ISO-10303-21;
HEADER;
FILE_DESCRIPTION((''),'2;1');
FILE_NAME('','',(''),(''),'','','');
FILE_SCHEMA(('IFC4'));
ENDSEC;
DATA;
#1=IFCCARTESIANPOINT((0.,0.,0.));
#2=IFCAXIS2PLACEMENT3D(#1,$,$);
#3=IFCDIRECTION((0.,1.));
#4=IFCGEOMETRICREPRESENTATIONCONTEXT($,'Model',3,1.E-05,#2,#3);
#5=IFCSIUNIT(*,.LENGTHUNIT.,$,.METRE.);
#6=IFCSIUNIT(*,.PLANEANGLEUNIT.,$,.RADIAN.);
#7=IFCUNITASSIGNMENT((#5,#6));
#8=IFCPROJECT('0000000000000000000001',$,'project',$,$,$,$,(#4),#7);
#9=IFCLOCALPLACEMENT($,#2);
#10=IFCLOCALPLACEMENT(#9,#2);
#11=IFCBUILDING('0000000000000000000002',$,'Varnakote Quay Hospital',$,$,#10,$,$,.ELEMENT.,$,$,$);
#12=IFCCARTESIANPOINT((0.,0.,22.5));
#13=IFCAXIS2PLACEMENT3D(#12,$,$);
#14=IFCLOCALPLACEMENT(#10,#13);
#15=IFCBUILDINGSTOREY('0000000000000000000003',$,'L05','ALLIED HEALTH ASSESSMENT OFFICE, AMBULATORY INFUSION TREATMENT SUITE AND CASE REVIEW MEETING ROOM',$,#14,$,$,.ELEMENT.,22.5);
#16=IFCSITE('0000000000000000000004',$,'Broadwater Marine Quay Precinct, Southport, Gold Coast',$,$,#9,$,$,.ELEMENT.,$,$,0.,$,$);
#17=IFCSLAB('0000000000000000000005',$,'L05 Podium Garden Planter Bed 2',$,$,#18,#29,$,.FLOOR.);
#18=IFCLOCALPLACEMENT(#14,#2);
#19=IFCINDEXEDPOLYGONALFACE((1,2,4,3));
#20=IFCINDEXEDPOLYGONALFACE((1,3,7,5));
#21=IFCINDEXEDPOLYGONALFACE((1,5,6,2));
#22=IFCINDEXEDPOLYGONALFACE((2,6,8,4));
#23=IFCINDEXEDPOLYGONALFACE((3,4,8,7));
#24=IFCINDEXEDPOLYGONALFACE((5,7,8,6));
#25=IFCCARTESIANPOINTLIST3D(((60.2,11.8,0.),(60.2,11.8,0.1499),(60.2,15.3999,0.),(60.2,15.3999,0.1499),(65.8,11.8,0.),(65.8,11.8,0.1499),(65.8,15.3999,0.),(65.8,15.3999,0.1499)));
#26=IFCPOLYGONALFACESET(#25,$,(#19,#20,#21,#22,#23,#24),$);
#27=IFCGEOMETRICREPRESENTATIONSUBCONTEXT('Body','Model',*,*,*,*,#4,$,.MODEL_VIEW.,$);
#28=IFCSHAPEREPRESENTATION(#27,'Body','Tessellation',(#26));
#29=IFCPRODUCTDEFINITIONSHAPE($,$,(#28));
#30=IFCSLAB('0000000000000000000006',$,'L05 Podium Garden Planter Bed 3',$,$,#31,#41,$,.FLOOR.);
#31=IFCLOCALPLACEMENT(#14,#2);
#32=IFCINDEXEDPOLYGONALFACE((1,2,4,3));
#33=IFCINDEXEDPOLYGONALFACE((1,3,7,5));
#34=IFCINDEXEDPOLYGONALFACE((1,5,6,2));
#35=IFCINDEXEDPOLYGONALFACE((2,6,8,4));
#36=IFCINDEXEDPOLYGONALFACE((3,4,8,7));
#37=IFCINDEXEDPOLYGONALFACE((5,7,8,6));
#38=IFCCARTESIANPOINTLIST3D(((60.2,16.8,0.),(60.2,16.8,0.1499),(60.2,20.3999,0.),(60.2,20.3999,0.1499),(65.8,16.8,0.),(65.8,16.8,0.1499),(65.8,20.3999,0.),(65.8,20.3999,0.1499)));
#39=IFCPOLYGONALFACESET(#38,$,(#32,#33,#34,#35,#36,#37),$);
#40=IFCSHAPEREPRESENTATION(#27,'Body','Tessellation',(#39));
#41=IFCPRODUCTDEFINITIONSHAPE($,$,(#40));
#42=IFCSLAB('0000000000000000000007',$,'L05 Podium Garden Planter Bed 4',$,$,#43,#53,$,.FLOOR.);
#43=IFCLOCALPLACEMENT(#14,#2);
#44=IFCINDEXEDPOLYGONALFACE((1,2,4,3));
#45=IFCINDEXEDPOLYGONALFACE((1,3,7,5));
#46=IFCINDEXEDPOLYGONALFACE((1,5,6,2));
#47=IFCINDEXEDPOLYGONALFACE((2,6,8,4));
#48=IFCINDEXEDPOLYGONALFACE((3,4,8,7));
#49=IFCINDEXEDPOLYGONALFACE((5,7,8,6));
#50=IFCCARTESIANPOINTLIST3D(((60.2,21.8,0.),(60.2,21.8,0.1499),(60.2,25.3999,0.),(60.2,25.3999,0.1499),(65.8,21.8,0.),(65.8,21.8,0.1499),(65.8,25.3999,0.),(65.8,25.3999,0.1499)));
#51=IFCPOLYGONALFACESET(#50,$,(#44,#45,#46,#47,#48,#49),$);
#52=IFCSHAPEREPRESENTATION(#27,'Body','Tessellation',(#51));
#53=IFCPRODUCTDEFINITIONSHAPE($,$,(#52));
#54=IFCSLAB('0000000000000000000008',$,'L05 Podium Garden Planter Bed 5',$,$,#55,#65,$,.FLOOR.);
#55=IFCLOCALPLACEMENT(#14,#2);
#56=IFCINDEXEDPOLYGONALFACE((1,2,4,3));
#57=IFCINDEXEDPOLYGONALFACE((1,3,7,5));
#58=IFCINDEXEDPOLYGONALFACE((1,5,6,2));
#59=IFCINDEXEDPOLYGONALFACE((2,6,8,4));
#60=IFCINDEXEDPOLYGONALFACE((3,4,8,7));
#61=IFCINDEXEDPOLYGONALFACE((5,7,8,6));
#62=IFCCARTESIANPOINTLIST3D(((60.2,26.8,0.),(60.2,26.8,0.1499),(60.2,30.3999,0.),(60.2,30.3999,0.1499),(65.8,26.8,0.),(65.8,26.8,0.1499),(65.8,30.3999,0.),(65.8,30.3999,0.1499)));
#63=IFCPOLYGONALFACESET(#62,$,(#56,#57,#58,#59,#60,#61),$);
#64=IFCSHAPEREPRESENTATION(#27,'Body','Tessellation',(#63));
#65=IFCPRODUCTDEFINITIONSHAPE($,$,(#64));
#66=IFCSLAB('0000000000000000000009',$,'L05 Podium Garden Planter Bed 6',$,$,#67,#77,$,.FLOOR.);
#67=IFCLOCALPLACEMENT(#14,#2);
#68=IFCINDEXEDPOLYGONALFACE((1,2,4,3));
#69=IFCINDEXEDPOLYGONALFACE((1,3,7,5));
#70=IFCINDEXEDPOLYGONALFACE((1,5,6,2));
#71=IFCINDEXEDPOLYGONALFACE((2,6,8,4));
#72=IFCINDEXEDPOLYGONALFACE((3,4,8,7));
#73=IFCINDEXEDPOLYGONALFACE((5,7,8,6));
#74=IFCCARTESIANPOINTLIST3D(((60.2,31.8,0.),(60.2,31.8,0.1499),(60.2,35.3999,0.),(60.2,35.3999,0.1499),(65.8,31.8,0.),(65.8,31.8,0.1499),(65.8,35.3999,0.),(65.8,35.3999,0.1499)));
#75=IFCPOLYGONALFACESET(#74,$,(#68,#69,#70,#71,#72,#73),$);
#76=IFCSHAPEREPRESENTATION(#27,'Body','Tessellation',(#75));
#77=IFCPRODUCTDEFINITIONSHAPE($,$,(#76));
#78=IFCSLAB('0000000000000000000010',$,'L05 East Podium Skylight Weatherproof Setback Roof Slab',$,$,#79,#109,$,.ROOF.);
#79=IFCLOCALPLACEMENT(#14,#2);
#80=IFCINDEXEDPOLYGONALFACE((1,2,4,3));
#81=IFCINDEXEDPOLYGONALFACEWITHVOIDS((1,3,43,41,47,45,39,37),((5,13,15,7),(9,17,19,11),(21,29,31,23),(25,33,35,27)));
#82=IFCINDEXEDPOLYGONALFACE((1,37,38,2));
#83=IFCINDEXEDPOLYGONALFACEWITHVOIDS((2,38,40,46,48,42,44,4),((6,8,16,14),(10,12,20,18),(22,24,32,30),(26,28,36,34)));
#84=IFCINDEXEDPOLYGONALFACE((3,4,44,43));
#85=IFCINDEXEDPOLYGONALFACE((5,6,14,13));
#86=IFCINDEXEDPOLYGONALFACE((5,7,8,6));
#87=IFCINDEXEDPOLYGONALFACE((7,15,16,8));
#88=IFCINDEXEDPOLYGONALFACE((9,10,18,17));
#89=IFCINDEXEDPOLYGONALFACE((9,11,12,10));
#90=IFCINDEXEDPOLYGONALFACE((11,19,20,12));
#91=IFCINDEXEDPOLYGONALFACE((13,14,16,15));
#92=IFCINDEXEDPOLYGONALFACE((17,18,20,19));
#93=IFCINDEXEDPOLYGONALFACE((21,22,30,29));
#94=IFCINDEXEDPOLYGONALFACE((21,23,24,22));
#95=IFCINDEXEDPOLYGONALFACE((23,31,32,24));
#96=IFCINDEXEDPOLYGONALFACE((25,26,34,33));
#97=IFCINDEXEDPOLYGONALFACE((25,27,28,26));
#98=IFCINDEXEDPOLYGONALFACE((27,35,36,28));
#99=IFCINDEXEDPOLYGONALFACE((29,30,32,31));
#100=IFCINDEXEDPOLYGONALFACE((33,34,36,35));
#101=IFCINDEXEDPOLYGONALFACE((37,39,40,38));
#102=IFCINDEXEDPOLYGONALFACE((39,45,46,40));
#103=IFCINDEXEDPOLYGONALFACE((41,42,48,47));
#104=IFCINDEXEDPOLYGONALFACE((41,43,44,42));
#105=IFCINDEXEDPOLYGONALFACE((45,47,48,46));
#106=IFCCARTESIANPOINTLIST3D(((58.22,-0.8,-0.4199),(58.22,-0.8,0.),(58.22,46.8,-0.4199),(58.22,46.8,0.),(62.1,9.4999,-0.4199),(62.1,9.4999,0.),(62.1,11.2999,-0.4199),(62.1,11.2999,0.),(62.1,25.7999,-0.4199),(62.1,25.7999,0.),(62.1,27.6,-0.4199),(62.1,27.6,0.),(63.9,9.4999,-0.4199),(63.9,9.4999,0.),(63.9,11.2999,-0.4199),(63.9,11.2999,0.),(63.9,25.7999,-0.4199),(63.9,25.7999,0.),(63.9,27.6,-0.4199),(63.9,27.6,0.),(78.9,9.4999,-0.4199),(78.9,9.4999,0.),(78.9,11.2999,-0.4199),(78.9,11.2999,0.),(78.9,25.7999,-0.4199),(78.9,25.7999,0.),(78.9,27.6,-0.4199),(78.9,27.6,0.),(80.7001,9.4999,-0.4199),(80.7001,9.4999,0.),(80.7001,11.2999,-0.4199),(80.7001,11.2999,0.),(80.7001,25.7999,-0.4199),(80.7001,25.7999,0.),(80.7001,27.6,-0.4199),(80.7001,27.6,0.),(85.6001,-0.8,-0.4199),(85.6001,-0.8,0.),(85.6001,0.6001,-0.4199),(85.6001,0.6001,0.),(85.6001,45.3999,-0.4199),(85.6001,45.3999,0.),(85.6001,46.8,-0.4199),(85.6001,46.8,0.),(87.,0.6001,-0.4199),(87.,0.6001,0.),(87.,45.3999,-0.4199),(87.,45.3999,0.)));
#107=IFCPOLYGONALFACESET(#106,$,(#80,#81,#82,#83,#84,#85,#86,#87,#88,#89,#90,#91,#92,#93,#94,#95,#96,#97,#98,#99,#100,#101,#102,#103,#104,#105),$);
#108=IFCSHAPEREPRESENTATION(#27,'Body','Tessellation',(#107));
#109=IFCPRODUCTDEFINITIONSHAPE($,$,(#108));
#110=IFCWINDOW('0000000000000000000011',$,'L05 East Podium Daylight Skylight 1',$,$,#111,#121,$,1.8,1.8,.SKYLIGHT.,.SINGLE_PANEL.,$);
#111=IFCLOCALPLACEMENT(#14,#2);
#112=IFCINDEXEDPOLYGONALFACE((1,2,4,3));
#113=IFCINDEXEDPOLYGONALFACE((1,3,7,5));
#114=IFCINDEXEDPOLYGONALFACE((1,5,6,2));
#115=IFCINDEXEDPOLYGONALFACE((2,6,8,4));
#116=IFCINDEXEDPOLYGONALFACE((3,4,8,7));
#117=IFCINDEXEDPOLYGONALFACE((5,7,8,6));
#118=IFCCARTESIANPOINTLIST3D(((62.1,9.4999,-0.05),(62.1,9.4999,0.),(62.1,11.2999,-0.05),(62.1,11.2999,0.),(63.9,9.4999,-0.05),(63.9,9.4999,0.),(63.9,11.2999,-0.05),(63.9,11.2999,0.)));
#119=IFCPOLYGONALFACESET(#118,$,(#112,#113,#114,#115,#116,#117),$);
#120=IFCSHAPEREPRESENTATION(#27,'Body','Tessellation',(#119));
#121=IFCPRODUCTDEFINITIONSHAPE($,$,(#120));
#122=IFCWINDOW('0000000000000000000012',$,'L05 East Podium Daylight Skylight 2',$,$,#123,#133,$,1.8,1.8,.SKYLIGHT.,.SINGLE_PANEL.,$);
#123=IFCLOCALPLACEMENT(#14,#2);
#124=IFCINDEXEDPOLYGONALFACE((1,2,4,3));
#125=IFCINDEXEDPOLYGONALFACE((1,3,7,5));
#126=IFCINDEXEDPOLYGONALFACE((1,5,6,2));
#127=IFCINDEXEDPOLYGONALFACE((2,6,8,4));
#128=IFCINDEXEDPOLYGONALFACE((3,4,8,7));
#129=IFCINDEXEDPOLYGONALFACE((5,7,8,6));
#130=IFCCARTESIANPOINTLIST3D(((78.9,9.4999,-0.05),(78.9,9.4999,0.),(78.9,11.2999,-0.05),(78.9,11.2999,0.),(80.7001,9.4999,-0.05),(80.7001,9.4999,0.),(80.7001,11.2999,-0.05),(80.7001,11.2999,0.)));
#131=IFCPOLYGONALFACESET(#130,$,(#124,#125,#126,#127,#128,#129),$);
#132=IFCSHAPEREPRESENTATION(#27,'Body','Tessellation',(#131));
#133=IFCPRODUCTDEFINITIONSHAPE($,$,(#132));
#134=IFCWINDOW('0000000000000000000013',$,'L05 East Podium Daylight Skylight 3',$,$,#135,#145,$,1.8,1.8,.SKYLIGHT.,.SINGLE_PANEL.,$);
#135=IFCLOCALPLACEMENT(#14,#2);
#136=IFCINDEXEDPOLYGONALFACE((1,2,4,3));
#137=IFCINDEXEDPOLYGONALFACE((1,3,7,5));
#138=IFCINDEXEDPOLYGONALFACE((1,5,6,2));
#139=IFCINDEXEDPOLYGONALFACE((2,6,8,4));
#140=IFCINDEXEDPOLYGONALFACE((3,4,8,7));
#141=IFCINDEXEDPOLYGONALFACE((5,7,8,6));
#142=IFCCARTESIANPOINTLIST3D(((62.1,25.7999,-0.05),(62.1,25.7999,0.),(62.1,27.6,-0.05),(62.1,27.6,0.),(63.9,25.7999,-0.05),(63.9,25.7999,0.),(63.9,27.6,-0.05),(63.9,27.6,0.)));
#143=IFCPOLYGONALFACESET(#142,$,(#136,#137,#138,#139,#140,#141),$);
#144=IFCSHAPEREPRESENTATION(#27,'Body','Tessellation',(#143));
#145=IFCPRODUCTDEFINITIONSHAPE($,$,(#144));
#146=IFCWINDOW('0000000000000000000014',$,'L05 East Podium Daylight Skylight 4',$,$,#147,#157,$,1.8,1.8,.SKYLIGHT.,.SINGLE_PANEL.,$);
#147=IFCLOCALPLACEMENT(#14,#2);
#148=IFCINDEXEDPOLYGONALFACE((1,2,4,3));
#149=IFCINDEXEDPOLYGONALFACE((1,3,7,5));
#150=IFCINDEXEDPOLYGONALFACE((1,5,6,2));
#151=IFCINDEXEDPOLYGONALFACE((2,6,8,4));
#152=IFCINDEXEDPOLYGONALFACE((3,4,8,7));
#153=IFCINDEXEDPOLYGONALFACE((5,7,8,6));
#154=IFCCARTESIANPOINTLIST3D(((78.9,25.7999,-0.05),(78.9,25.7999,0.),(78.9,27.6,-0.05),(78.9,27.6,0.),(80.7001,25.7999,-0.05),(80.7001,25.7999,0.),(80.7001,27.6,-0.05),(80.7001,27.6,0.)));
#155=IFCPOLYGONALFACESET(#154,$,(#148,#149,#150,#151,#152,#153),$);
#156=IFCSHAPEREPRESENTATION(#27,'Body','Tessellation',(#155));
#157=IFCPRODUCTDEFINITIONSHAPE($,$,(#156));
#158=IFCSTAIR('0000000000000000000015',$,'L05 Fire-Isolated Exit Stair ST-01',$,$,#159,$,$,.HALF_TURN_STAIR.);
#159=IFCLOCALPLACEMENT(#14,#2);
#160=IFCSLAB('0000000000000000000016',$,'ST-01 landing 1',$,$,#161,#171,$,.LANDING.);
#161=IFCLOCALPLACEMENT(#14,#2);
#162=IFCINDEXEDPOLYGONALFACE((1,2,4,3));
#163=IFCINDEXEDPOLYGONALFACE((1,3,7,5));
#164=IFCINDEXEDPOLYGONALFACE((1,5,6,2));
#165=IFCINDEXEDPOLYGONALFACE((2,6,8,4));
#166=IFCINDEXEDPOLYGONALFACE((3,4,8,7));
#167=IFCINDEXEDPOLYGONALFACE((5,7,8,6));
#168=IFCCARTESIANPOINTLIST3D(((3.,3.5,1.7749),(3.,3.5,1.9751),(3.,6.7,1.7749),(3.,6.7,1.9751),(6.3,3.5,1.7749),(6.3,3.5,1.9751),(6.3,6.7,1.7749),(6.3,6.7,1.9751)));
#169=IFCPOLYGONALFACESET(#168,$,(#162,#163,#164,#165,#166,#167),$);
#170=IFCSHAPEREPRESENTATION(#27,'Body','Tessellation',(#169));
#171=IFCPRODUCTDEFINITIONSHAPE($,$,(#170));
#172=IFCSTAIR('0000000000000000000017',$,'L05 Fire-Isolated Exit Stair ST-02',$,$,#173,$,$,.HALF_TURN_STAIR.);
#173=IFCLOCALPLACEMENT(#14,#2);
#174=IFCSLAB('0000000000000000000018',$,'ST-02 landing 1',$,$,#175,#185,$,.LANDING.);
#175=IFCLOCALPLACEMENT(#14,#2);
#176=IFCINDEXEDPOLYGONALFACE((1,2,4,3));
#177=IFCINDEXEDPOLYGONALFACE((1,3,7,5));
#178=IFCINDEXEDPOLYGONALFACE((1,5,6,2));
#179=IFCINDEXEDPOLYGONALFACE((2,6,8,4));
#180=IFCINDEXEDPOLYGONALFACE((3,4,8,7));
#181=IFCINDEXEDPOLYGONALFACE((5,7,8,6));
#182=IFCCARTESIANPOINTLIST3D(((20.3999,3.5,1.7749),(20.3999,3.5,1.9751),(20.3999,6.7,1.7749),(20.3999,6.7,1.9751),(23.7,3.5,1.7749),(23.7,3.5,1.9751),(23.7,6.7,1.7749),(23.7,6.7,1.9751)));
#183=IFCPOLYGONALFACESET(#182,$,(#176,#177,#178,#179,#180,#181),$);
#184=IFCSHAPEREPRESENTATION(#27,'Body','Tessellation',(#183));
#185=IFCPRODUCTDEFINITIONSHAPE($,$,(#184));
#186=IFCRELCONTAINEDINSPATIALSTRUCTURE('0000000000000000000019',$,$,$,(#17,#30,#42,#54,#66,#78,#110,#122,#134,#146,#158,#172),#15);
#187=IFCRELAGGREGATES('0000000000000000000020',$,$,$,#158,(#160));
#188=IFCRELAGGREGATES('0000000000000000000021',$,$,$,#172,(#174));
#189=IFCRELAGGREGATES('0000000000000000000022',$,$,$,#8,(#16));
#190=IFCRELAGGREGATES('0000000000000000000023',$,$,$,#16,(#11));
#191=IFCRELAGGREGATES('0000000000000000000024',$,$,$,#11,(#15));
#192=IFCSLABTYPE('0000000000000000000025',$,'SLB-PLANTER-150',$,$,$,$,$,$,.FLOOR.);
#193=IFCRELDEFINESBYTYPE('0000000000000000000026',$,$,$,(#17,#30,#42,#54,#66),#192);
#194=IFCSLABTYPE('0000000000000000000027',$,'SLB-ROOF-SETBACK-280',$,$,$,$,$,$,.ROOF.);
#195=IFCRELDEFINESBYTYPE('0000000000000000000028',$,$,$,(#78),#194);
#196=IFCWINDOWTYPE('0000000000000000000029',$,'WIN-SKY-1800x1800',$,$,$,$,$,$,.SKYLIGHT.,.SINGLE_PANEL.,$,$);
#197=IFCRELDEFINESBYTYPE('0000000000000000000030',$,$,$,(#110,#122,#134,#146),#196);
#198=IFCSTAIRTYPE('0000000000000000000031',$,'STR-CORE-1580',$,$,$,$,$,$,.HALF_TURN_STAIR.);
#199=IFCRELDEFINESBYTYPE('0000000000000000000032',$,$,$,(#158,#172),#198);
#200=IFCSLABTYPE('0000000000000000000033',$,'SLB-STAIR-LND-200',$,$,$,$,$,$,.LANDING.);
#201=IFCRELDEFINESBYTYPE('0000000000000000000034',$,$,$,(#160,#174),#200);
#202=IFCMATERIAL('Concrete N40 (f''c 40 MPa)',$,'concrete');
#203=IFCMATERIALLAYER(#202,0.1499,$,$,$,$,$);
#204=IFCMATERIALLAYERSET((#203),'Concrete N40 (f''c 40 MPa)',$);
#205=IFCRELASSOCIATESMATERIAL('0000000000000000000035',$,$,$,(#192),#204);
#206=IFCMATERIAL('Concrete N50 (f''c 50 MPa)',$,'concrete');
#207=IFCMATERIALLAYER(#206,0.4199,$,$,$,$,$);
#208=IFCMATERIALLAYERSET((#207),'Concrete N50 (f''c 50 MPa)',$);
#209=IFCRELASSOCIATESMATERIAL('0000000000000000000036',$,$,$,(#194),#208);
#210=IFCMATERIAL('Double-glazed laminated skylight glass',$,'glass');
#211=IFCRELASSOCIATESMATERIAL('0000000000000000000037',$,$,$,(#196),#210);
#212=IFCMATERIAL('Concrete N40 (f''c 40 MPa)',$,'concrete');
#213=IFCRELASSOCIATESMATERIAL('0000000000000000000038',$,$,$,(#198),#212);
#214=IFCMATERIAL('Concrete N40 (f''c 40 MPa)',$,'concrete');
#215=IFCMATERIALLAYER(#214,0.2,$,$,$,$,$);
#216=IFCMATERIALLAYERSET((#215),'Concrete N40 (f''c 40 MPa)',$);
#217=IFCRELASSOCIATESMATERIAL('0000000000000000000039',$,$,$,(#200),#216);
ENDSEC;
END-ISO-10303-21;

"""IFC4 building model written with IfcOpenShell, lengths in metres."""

from ifc_helpers import new_model, si_unit, direction, frame, origin, origin_2d, place, context, subcontext, project, spatial, polyline, rectangle, outline, extrude, material, layer, layer_set, type_object, element, fill, aggregate, save


model = new_model("IFC4")

# Units and contexts
model_context = context("Model", 3, precision=1e-05, world=origin(), true_north=direction((0.0, 1.0)))
body_context = subcontext(model_context, "Body", "Model", "MODEL_VIEW")
ifc_project = project(units=[si_unit("LENGTHUNIT", "METRE"), si_unit("PLANEANGLEUNIT", "RADIAN")], contexts=[model_context])

# Site, building, storey
site_placement = place(None, origin())
site = spatial("IfcSite", under=ifc_project, at=site_placement, Name="Broadwater Marine Quay Precinct, Southport, Gold Coast", CompositionType="ELEMENT", RefElevation=0.0)
building_placement = place(site_placement, origin())
building = spatial("IfcBuilding", under=site, at=building_placement, Name="Varnakote Quay Hospital", CompositionType="ELEMENT")
storey_placement = place(building_placement, frame((0.0, 0.0, 22.5)))
storey = spatial("IfcBuildingStorey", under=building, at=storey_placement, Name="L05", Description="ALLIED HEALTH ASSESSMENT OFFICE, AMBULATORY INFUSION TREATMENT SUITE AND CASE REVIEW MEETING ROOM", CompositionType="ELEMENT", Elevation=22.5)

# Slabs
ifc_material_1 = material(Name="Concrete N40 (f'c 40 MPa)", Category="concrete")
ifc_layer_1 = layer(ifc_material_1, 0.1499)
ifc_layer_set_1 = layer_set([ifc_layer_1], Name="Concrete N40 (f'c 40 MPa)")
slab_type_1 = type_object("IfcSlabType", Name="SLB-PLANTER-150", PredefinedType="FLOOR", material=ifc_layer_set_1)
slab_1_placement = place(storey_placement, origin())
element("IfcSlab", 1, at=slab_1_placement, inside=storey, type_object=slab_type_1, Name="L05 Podium Garden Planter Bed 2", PredefinedType="FLOOR", context=body_context, shape_type="SweptSolid", body=[
    extrude(outline(polyline([(60.2, 11.8), (65.8, 11.8), (65.8, 15.3999), (60.2, 15.3999), (60.2, 11.8)])), origin(), (0.0, 0.0, 1.0), 0.1499),
])
slab_2_placement = place(storey_placement, origin())
element("IfcSlab", 2, at=slab_2_placement, inside=storey, type_object=slab_type_1, Name="L05 Podium Garden Planter Bed 3", PredefinedType="FLOOR", context=body_context, shape_type="SweptSolid", body=[
    extrude(outline(polyline([(60.2, 16.8), (65.8, 16.8), (65.8, 20.3999), (60.2, 20.3999), (60.2, 16.8)])), origin(), (0.0, 0.0, 1.0), 0.1499),
])
slab_3_placement = place(storey_placement, origin())
element("IfcSlab", 3, at=slab_3_placement, inside=storey, type_object=slab_type_1, Name="L05 Podium Garden Planter Bed 4", PredefinedType="FLOOR", context=body_context, shape_type="SweptSolid", body=[
    extrude(outline(polyline([(60.2, 21.8), (65.8, 21.8), (65.8, 25.3999), (60.2, 25.3999), (60.2, 21.8)])), origin(), (0.0, 0.0, 1.0), 0.1499),
])
slab_4_placement = place(storey_placement, origin())
element("IfcSlab", 4, at=slab_4_placement, inside=storey, type_object=slab_type_1, Name="L05 Podium Garden Planter Bed 5", PredefinedType="FLOOR", context=body_context, shape_type="SweptSolid", body=[
    extrude(outline(polyline([(60.2, 26.8), (65.8, 26.8), (65.8, 30.3999), (60.2, 30.3999), (60.2, 26.8)])), origin(), (0.0, 0.0, 1.0), 0.1499),
])
slab_5_placement = place(storey_placement, origin())
element("IfcSlab", 5, at=slab_5_placement, inside=storey, type_object=slab_type_1, Name="L05 Podium Garden Planter Bed 6", PredefinedType="FLOOR", context=body_context, shape_type="SweptSolid", body=[
    extrude(outline(polyline([(60.2, 31.8), (65.8, 31.8), (65.8, 35.3999), (60.2, 35.3999), (60.2, 31.8)])), origin(), (0.0, 0.0, 1.0), 0.1499),
])

# Slab, openings, windows
ifc_material_2 = material(Name="Concrete N50 (f'c 50 MPa)", Category="concrete")
ifc_layer_2 = layer(ifc_material_2, 0.4199)
ifc_layer_set_2 = layer_set([ifc_layer_2], Name="Concrete N50 (f'c 50 MPa)")
slab_type_2 = type_object("IfcSlabType", Name="SLB-ROOF-SETBACK-280", PredefinedType="ROOF", material=ifc_layer_set_2)
slab_6_placement = place(storey_placement, frame((0.0, 0.0, -0.4199)))
slab_6 = element("IfcSlab", 6, at=slab_6_placement, inside=storey, type_object=slab_type_2, Name="L05 East Podium Skylight Weatherproof Setback Roof Slab", PredefinedType="ROOF", context=body_context, shape_type="SweptSolid", body=[
    extrude(outline(polyline([(85.6001, 46.8), (58.22, 46.8), (58.22, 31.8), (58.22, 31.8), (58.22, 7.0), (58.22, 7.0), (58.22, -0.8), (85.6001, -0.8), (85.6001, 0.6001), (87.0, 0.6001), (87.0, 45.3999), (85.6001, 45.3999), (85.6001, 46.8)])), origin(), (0.0, 0.0, 1.0), 0.4199),
])
opening_1_placement = place(slab_6_placement, frame((63.0, 10.3999, 0.0)))
opening_1 = element("IfcOpeningElement", 7, at=opening_1_placement, cuts=slab_6, PredefinedType="OPENING", context=body_context, shape_type="SweptSolid", body=[
    extrude(rectangle(XDim=1.8, YDim=1.8, at=origin_2d()), origin(), (0.0, 0.0, 1.0), 0.4199),
])
opening_2_placement = place(slab_6_placement, frame((79.8, 10.3999, 0.0)))
opening_2 = element("IfcOpeningElement", 8, at=opening_2_placement, cuts=slab_6, PredefinedType="OPENING", context=body_context, shape_type="SweptSolid", body=[
    extrude(rectangle(XDim=1.8, YDim=1.8, at=origin_2d()), origin(), (0.0, 0.0, 1.0), 0.4199),
])
opening_3_placement = place(slab_6_placement, frame((63.0, 26.7, 0.0)))
opening_3 = element("IfcOpeningElement", 9, at=opening_3_placement, cuts=slab_6, PredefinedType="OPENING", context=body_context, shape_type="SweptSolid", body=[
    extrude(rectangle(XDim=1.8, YDim=1.8, at=origin_2d()), origin(), (0.0, 0.0, 1.0), 0.4199),
])
opening_4_placement = place(slab_6_placement, frame((79.8, 26.7, 0.0)))
opening_4 = element("IfcOpeningElement", 10, at=opening_4_placement, cuts=slab_6, PredefinedType="OPENING", context=body_context, shape_type="SweptSolid", body=[
    extrude(rectangle(XDim=1.8, YDim=1.8, at=origin_2d()), origin(), (0.0, 0.0, 1.0), 0.4199),
])
ifc_material_3 = material(Name="Double-glazed laminated skylight glass", Category="glass")
window_type_1 = type_object("IfcWindowType", Name="WIN-SKY-1800x1800", PartitioningType="SINGLE_PANEL", PredefinedType="SKYLIGHT", material=ifc_material_3)
window_1_placement = place(opening_1_placement, frame((0.0, 0.0, 0.3699)))
window_1 = element("IfcWindow", 11, at=window_1_placement, inside=storey, type_object=window_type_1, Name="L05 East Podium Daylight Skylight 1", OverallHeight=1.8, OverallWidth=1.8, PartitioningType="SINGLE_PANEL", PredefinedType="SKYLIGHT", context=body_context, shape_type="SweptSolid", body=[
    extrude(rectangle(XDim=1.8, YDim=1.8, at=origin_2d()), origin(), (0.0, 0.0, 1.0), 0.05),
])
fill(opening_1, window_1)
window_2_placement = place(opening_2_placement, frame((0.0, 0.0, 0.3699)))
window_2 = element("IfcWindow", 12, at=window_2_placement, inside=storey, type_object=window_type_1, Name="L05 East Podium Daylight Skylight 2", OverallHeight=1.8, OverallWidth=1.8, PartitioningType="SINGLE_PANEL", PredefinedType="SKYLIGHT", context=body_context, shape_type="SweptSolid", body=[
    extrude(rectangle(XDim=1.8, YDim=1.8, at=origin_2d()), origin(), (0.0, 0.0, 1.0), 0.05),
])
fill(opening_2, window_2)
window_3_placement = place(opening_3_placement, frame((0.0, 0.0, 0.3699)))
window_3 = element("IfcWindow", 13, at=window_3_placement, inside=storey, type_object=window_type_1, Name="L05 East Podium Daylight Skylight 3", OverallHeight=1.8, OverallWidth=1.8, PartitioningType="SINGLE_PANEL", PredefinedType="SKYLIGHT", context=body_context, shape_type="SweptSolid", body=[
    extrude(rectangle(XDim=1.8, YDim=1.8, at=origin_2d()), origin(), (0.0, 0.0, 1.0), 0.05),
])
fill(opening_3, window_3)
window_4_placement = place(opening_4_placement, frame((0.0, 0.0, 0.3699)))
window_4 = element("IfcWindow", 14, at=window_4_placement, inside=storey, type_object=window_type_1, Name="L05 East Podium Daylight Skylight 4", OverallHeight=1.8, OverallWidth=1.8, PartitioningType="SINGLE_PANEL", PredefinedType="SKYLIGHT", context=body_context, shape_type="SweptSolid", body=[
    extrude(rectangle(XDim=1.8, YDim=1.8, at=origin_2d()), origin(), (0.0, 0.0, 1.0), 0.05),
])
fill(opening_4, window_4)

# Stairs, slabs
ifc_material_4 = material(Name="Concrete N40 (f'c 40 MPa)", Category="concrete")
stair_type = type_object("IfcStairType", Name="STR-CORE-1580", PredefinedType="HALF_TURN_STAIR", material=ifc_material_4)
stair_1_placement = place(storey_placement, origin())
stair_1 = element("IfcStair", 15, at=stair_1_placement, inside=storey, type_object=stair_type, Name="L05 Fire-Isolated Exit Stair ST-01", PredefinedType="HALF_TURN_STAIR")
ifc_material_5 = material(Name="Concrete N40 (f'c 40 MPa)", Category="concrete")
ifc_layer_3 = layer(ifc_material_5, 0.2)
ifc_layer_set_3 = layer_set([ifc_layer_3], Name="Concrete N40 (f'c 40 MPa)")
slab_type_3 = type_object("IfcSlabType", Name="SLB-STAIR-LND-200", PredefinedType="LANDING", material=ifc_layer_set_3)
slab_7_placement = place(storey_placement, frame((0.0, 0.0, 1.7749)))
slab_7 = element("IfcSlab", 16, at=slab_7_placement, type_object=slab_type_3, Name="ST-01 landing 1", PredefinedType="LANDING", context=body_context, shape_type="SweptSolid", body=[
    extrude(outline(polyline([(3.0, 6.7), (3.0, 3.5), (6.3, 3.5), (6.3, 6.7), (3.0, 6.7)])), origin(), (0.0, 0.0, 1.0), 0.2002),
])
aggregate(stair_1, [slab_7])
stair_2_placement = place(storey_placement, origin())
stair_2 = element("IfcStair", 17, at=stair_2_placement, inside=storey, type_object=stair_type, Name="L05 Fire-Isolated Exit Stair ST-02", PredefinedType="HALF_TURN_STAIR")
slab_8_placement = place(storey_placement, frame((0.0, 0.0, 1.7749)))
slab_8 = element("IfcSlab", 18, at=slab_8_placement, type_object=slab_type_3, Name="ST-02 landing 1", PredefinedType="LANDING", context=body_context, shape_type="SweptSolid", body=[
    extrude(outline(polyline([(20.3999, 6.7), (20.3999, 3.5), (23.7, 3.5), (23.7, 6.7), (20.3999, 6.7)])), origin(), (0.0, 0.0, 1.0), 0.2002),
])
aggregate(stair_2, [slab_8])

save(model, "model.ifc")
